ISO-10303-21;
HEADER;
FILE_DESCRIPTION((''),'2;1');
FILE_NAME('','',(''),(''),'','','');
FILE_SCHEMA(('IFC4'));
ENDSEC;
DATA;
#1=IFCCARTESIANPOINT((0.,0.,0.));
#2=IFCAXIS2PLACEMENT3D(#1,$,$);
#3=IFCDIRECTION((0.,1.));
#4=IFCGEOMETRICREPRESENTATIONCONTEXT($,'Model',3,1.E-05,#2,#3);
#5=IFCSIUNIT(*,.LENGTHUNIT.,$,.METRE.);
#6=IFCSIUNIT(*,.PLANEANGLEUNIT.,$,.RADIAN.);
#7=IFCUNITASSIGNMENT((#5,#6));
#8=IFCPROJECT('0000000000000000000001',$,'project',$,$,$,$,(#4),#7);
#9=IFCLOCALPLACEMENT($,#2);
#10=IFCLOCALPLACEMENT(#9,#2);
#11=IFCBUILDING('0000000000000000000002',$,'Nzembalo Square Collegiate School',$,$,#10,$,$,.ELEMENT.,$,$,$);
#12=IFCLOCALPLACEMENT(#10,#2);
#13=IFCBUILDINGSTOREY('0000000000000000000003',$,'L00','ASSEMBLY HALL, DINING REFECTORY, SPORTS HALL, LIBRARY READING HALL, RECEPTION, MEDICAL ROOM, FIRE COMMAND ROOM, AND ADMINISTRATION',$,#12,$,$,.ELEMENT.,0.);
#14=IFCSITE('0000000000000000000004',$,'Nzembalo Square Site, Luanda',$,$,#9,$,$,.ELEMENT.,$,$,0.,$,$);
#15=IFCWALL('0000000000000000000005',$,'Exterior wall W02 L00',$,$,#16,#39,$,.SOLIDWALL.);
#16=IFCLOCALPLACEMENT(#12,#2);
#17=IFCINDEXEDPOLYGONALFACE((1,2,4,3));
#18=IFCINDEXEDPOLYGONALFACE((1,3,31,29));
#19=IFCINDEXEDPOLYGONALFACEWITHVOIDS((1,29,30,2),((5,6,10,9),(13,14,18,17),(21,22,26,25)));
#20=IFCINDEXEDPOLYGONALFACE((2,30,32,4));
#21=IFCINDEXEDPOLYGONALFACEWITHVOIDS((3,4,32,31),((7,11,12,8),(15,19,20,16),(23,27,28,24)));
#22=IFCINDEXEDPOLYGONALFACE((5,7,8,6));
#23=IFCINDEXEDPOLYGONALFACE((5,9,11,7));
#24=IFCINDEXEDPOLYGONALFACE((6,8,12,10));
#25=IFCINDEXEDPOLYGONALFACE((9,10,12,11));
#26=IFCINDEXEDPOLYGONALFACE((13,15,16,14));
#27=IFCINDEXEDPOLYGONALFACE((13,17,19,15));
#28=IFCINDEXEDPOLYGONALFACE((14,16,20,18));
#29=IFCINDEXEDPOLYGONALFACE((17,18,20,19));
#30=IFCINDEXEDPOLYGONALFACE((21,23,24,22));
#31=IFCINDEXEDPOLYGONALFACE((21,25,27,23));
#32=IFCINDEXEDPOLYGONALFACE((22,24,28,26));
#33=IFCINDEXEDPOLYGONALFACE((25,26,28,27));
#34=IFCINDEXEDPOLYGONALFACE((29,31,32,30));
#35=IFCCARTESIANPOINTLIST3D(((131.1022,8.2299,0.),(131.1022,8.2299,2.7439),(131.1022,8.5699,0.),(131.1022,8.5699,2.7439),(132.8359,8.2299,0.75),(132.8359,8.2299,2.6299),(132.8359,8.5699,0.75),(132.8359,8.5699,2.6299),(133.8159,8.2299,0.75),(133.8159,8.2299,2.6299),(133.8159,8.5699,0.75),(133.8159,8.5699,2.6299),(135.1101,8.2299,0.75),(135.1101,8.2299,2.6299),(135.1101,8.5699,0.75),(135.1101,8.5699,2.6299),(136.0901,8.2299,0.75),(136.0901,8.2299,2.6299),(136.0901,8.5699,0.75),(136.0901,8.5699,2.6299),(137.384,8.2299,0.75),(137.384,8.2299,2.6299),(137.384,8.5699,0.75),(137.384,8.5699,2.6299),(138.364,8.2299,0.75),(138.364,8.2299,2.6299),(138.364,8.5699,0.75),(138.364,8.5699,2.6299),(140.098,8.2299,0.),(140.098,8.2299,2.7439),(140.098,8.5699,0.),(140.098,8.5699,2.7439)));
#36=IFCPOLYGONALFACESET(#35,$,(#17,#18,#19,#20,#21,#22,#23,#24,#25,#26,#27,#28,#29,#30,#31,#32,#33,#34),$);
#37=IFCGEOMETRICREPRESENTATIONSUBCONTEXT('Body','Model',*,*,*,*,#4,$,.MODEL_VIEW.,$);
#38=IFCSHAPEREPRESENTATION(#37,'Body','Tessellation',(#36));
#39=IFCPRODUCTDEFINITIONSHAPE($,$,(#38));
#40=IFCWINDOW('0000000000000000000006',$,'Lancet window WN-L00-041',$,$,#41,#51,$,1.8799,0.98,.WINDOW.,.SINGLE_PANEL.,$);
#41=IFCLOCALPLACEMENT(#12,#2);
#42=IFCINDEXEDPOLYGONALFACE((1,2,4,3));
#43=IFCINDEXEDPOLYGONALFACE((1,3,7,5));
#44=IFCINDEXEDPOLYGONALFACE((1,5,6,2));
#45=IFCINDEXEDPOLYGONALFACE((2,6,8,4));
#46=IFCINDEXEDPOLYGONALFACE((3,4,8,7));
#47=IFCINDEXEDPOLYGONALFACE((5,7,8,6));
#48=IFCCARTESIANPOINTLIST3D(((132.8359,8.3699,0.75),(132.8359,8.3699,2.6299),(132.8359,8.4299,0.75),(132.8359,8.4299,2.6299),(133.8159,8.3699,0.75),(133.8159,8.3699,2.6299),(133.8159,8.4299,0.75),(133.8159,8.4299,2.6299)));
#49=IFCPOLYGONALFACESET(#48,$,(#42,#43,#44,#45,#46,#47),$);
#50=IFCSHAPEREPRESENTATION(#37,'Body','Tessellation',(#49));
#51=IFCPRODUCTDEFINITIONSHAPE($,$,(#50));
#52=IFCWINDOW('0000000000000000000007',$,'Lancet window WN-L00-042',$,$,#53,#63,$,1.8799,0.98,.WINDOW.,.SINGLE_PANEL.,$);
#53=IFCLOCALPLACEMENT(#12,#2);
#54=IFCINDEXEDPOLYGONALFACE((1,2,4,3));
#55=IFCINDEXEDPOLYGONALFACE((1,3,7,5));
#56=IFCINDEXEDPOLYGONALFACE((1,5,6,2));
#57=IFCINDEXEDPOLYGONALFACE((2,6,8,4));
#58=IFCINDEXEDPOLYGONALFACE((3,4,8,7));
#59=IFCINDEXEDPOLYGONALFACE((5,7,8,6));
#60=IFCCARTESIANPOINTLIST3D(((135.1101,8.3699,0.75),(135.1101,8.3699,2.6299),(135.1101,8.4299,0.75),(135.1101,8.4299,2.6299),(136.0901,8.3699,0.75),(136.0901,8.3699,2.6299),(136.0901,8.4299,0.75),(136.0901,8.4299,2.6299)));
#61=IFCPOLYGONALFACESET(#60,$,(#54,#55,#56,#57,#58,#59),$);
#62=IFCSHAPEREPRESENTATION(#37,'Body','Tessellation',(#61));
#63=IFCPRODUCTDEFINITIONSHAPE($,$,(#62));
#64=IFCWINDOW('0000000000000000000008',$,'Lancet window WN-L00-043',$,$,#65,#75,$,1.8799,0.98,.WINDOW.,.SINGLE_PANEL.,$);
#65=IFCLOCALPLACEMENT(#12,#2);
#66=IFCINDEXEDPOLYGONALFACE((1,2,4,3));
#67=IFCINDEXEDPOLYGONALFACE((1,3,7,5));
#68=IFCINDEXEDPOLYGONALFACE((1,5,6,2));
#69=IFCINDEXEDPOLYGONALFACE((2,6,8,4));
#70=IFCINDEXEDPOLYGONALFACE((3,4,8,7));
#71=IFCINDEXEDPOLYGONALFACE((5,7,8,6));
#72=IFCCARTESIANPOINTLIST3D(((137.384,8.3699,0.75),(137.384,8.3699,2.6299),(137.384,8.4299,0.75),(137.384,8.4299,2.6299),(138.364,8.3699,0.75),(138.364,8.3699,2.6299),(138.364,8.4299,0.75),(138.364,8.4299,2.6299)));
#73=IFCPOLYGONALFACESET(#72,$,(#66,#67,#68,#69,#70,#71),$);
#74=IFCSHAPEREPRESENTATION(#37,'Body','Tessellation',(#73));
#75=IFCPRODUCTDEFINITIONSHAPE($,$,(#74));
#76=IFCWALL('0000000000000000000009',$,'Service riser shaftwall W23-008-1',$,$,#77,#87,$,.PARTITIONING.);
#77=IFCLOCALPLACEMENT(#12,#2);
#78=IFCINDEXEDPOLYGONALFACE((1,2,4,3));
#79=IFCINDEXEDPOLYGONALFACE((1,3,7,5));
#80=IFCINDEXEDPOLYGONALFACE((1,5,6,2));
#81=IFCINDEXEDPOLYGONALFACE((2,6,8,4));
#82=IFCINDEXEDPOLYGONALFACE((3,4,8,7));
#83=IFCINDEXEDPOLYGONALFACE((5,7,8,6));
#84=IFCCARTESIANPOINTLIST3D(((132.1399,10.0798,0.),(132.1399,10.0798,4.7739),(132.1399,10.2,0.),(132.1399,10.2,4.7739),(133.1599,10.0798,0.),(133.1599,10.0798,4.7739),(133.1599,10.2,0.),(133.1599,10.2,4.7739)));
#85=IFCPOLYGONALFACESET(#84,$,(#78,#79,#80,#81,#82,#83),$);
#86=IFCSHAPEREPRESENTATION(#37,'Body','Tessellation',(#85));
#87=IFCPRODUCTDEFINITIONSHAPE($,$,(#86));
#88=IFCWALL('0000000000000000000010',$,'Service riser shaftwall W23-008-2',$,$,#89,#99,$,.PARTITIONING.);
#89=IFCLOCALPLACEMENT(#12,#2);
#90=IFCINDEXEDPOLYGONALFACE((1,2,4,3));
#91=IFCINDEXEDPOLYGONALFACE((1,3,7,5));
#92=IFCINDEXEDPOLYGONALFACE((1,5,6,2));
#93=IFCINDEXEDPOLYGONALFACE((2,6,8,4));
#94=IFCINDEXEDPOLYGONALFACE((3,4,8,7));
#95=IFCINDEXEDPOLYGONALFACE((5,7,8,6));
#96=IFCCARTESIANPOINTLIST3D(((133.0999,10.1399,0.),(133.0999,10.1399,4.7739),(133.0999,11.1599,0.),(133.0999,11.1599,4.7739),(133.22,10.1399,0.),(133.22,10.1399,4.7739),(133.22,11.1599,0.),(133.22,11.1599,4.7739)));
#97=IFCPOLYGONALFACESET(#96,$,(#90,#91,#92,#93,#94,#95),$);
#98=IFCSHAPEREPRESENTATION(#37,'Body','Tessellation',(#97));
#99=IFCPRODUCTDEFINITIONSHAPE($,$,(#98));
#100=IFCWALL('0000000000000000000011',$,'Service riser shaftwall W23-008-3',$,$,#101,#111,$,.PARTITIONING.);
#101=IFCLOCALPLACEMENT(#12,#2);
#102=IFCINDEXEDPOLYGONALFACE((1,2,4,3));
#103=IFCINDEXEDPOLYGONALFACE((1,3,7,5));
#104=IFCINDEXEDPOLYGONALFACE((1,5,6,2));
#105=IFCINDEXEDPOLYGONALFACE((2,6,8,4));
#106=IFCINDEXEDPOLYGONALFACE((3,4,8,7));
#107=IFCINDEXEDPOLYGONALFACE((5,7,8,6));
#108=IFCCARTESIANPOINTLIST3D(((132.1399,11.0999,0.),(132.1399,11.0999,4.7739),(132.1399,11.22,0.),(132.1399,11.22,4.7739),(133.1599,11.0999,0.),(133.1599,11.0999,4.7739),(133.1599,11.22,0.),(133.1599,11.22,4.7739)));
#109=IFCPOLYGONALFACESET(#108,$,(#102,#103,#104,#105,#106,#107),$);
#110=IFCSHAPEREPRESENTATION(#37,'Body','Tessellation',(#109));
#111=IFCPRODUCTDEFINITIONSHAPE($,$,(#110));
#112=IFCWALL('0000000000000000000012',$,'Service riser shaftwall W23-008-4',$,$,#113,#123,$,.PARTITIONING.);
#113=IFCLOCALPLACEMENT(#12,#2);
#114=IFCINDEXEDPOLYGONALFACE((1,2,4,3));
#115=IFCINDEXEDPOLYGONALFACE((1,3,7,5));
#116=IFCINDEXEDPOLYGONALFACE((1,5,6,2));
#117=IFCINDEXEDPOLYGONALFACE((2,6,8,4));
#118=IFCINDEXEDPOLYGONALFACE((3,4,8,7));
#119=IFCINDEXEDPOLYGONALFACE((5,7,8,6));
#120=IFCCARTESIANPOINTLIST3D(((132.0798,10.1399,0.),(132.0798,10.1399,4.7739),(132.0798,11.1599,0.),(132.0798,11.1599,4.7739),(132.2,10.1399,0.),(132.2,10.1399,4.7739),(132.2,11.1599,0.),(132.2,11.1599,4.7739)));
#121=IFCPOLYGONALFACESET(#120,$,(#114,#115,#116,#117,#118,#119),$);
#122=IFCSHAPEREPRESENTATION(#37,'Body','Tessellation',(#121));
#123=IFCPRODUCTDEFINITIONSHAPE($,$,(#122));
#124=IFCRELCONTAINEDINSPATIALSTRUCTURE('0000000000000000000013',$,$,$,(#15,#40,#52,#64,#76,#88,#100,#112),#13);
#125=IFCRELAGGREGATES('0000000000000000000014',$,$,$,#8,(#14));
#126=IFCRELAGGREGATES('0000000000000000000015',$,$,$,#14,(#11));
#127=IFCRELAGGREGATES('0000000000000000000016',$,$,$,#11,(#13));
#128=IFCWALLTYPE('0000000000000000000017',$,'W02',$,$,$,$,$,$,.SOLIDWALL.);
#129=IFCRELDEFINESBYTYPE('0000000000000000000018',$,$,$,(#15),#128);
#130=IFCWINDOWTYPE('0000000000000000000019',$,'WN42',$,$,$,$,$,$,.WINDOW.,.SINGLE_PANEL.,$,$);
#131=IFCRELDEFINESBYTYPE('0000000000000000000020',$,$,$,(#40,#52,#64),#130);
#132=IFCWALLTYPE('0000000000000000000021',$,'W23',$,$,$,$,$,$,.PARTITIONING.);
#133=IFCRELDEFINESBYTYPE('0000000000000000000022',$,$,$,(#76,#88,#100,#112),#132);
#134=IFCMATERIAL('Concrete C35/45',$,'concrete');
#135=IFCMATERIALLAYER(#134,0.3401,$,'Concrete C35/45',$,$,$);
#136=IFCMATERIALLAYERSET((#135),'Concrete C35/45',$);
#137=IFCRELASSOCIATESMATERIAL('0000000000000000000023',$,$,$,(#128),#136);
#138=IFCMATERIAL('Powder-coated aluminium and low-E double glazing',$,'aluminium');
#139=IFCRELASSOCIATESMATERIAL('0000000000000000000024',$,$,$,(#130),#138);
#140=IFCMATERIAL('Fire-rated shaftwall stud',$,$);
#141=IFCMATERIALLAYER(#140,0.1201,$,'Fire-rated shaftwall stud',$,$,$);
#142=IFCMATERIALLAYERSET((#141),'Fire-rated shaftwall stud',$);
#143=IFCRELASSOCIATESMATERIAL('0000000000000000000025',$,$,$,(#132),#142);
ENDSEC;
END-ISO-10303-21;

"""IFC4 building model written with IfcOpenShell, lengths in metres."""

from ifc_helpers import new_model, si_unit, direction, frame, frame_2d, origin, place, context, subcontext, project, spatial, rectangle, extrude, material, layer, layer_set, type_object, element, fill, save


model = new_model("IFC4")

# Units and contexts
model_context = context("Model", 3, precision=1e-05, world=origin(), true_north=direction((0.0, 1.0)))
body_context = subcontext(model_context, "Body", "Model", "MODEL_VIEW")
ifc_project = project(units=[si_unit("LENGTHUNIT", "METRE"), si_unit("PLANEANGLEUNIT", "RADIAN")], contexts=[model_context])

# Site, building, storey
site_placement = place(None, origin())
site = spatial("IfcSite", under=ifc_project, at=site_placement, Name="Nzembalo Square Site, Luanda", CompositionType="ELEMENT", RefElevation=0.0)
building_placement = place(site_placement, origin())
building = spatial("IfcBuilding", under=site, at=building_placement, Name="Nzembalo Square Collegiate School", CompositionType="ELEMENT")
storey_placement = place(building_placement, origin())
storey = spatial("IfcBuildingStorey", under=building, at=storey_placement, Name="L00", Description="ASSEMBLY HALL, DINING REFECTORY, SPORTS HALL, LIBRARY READING HALL, RECEPTION, MEDICAL ROOM, FIRE COMMAND ROOM, AND ADMINISTRATION", CompositionType="ELEMENT", Elevation=0.0)

# Wall, openings, windows
ifc_material_1 = material(Name="Concrete C35/45", Category="concrete")
ifc_layer_1 = layer(ifc_material_1, 0.3401, Name="Concrete C35/45")
ifc_layer_set_1 = layer_set([ifc_layer_1], Name="Concrete C35/45")
wall_type_1 = type_object("IfcWallType", Name="W02", PredefinedType="SOLIDWALL", material=ifc_layer_set_1)
wall_1_placement = place(storey_placement, frame((131.1021, 8.3999, 0.0), z_axis=(0.0, 0.0, 1.0), x_axis=(1.0, 0.0, 0.0)))
wall_1 = element("IfcWall", 1, at=wall_1_placement, inside=storey, type_object=wall_type_1, Name="Exterior wall W02 L00", PredefinedType="SOLIDWALL", context=body_context, shape_type="SweptSolid", body=[
    extrude(rectangle(XDim=8.9958, YDim=0.3401, at=frame_2d((4.498, 0.0))), origin(), (0.0, 0.0, 1.0), 2.7439),
])
opening_1_placement = place(wall_1_placement, frame((1.7339, 0.0, 0.75)))
opening_1 = element("IfcOpeningElement", 2, at=opening_1_placement, cuts=wall_1, PredefinedType="OPENING", context=body_context, shape_type="SweptSolid", body=[
    extrude(rectangle(XDim=0.98, YDim=1.8799, at=frame_2d((0.49, 0.9399))), frame((0.0, 0.1802, 0.0), z_axis=(0.0, -1.0, 0.0), x_axis=(1.0, 0.0, 0.0)), (0.0, 0.0, 1.0), 0.3601),
])
opening_2_placement = place(wall_1_placement, frame((4.0081, 0.0, 0.75)))
opening_2 = element("IfcOpeningElement", 3, at=opening_2_placement, cuts=wall_1, PredefinedType="OPENING", context=body_context, shape_type="SweptSolid", body=[
    extrude(rectangle(XDim=0.98, YDim=1.8799, at=frame_2d((0.49, 0.9399))), frame((0.0, 0.1802, 0.0), z_axis=(0.0, -1.0, 0.0), x_axis=(1.0, 0.0, 0.0)), (0.0, 0.0, 1.0), 0.3601),
])
opening_3_placement = place(wall_1_placement, frame((6.282, 0.0, 0.75)))
opening_3 = element("IfcOpeningElement", 4, at=opening_3_placement, cuts=wall_1, PredefinedType="OPENING", context=body_context, shape_type="SweptSolid", body=[
    extrude(rectangle(XDim=0.98, YDim=1.8799, at=frame_2d((0.49, 0.9399))), frame((0.0, 0.1802, 0.0), z_axis=(0.0, -1.0, 0.0), x_axis=(1.0, 0.0, 0.0)), (0.0, 0.0, 1.0), 0.3601),
])
ifc_material_2 = material(Name="Powder-coated aluminium and low-E double glazing", Category="aluminium")
window_type_1 = type_object("IfcWindowType", Name="WN42", PartitioningType="SINGLE_PANEL", PredefinedType="WINDOW", material=ifc_material_2)
window_1_placement = place(opening_1_placement, origin())
window_1 = element("IfcWindow", 5, at=window_1_placement, inside=storey, type_object=window_type_1, Name="Lancet window WN-L00-041", OverallHeight=1.8799, OverallWidth=0.98, PartitioningType="SINGLE_PANEL", PredefinedType="WINDOW", context=body_context, shape_type="SweptSolid", body=[
    extrude(rectangle(XDim=0.98, YDim=1.8799, at=frame_2d((0.49, 0.9399))), frame((0.0, 0.03, 0.0), z_axis=(0.0, -1.0, 0.0), x_axis=(1.0, 0.0, 0.0)), (0.0, 0.0, 1.0), 0.0601),
])
fill(opening_1, window_1)
window_2_placement = place(opening_2_placement, origin())
window_2 = element("IfcWindow", 6, at=window_2_placement, inside=storey, type_object=window_type_1, Name="Lancet window WN-L00-042", OverallHeight=1.8799, OverallWidth=0.98, PartitioningType="SINGLE_PANEL", PredefinedType="WINDOW", context=body_context, shape_type="SweptSolid", body=[
    extrude(rectangle(XDim=0.98, YDim=1.8799, at=frame_2d((0.49, 0.9399))), frame((0.0, 0.03, 0.0), z_axis=(0.0, -1.0, 0.0), x_axis=(1.0, 0.0, 0.0)), (0.0, 0.0, 1.0), 0.0601),
])
fill(opening_2, window_2)
window_3_placement = place(opening_3_placement, origin())
window_3 = element("IfcWindow", 7, at=window_3_placement, inside=storey, type_object=window_type_1, Name="Lancet window WN-L00-043", OverallHeight=1.8799, OverallWidth=0.98, PartitioningType="SINGLE_PANEL", PredefinedType="WINDOW", context=body_context, shape_type="SweptSolid", body=[
    extrude(rectangle(XDim=0.98, YDim=1.8799, at=frame_2d((0.49, 0.9399))), frame((0.0, 0.03, 0.0), z_axis=(0.0, -1.0, 0.0), x_axis=(1.0, 0.0, 0.0)), (0.0, 0.0, 1.0), 0.0601),
])
fill(opening_3, window_3)

# Walls
ifc_material_3 = material(Name="Fire-rated shaftwall stud")
ifc_layer_2 = layer(ifc_material_3, 0.1201, Name="Fire-rated shaftwall stud")
ifc_layer_set_2 = layer_set([ifc_layer_2], Name="Fire-rated shaftwall stud")
wall_type_2 = type_object("IfcWallType", Name="W23", PredefinedType="PARTITIONING", material=ifc_layer_set_2)
for number, where, z_axis, x_axis, name in (
    (8, (132.1399, 10.1399, 0.0), (0.0, 0.0, 1.0), (1.0, 0.0, 0.0), "Service riser shaftwall W23-008-1"),
    (9, (133.1599, 10.1399, 0.0), (0.0, 0.0, 1.0), (0.0, 1.0, 0.0), "Service riser shaftwall W23-008-2"),
    (10, (133.1599, 11.1599, 0.0), (0.0, 0.0, 1.0), (-1.0, 0.0, 0.0), "Service riser shaftwall W23-008-3"),
    (11, (132.1399, 11.1599, 0.0), (0.0, 0.0, 1.0), (0.0, -1.0, 0.0), "Service riser shaftwall W23-008-4"),
):
    element("IfcWall", number, at=place(storey_placement, frame(where, z_axis=z_axis, x_axis=x_axis)), inside=storey, type_object=wall_type_2, Name=name, PredefinedType="PARTITIONING", context=body_context, shape_type="SweptSolid", body=[
        extrude(rectangle(XDim=1.02, YDim=0.1201, at=frame_2d((0.51, 0.0))), origin(), (0.0, 0.0, 1.0), 4.7739),
    ])

save(model, "model.ifc")
